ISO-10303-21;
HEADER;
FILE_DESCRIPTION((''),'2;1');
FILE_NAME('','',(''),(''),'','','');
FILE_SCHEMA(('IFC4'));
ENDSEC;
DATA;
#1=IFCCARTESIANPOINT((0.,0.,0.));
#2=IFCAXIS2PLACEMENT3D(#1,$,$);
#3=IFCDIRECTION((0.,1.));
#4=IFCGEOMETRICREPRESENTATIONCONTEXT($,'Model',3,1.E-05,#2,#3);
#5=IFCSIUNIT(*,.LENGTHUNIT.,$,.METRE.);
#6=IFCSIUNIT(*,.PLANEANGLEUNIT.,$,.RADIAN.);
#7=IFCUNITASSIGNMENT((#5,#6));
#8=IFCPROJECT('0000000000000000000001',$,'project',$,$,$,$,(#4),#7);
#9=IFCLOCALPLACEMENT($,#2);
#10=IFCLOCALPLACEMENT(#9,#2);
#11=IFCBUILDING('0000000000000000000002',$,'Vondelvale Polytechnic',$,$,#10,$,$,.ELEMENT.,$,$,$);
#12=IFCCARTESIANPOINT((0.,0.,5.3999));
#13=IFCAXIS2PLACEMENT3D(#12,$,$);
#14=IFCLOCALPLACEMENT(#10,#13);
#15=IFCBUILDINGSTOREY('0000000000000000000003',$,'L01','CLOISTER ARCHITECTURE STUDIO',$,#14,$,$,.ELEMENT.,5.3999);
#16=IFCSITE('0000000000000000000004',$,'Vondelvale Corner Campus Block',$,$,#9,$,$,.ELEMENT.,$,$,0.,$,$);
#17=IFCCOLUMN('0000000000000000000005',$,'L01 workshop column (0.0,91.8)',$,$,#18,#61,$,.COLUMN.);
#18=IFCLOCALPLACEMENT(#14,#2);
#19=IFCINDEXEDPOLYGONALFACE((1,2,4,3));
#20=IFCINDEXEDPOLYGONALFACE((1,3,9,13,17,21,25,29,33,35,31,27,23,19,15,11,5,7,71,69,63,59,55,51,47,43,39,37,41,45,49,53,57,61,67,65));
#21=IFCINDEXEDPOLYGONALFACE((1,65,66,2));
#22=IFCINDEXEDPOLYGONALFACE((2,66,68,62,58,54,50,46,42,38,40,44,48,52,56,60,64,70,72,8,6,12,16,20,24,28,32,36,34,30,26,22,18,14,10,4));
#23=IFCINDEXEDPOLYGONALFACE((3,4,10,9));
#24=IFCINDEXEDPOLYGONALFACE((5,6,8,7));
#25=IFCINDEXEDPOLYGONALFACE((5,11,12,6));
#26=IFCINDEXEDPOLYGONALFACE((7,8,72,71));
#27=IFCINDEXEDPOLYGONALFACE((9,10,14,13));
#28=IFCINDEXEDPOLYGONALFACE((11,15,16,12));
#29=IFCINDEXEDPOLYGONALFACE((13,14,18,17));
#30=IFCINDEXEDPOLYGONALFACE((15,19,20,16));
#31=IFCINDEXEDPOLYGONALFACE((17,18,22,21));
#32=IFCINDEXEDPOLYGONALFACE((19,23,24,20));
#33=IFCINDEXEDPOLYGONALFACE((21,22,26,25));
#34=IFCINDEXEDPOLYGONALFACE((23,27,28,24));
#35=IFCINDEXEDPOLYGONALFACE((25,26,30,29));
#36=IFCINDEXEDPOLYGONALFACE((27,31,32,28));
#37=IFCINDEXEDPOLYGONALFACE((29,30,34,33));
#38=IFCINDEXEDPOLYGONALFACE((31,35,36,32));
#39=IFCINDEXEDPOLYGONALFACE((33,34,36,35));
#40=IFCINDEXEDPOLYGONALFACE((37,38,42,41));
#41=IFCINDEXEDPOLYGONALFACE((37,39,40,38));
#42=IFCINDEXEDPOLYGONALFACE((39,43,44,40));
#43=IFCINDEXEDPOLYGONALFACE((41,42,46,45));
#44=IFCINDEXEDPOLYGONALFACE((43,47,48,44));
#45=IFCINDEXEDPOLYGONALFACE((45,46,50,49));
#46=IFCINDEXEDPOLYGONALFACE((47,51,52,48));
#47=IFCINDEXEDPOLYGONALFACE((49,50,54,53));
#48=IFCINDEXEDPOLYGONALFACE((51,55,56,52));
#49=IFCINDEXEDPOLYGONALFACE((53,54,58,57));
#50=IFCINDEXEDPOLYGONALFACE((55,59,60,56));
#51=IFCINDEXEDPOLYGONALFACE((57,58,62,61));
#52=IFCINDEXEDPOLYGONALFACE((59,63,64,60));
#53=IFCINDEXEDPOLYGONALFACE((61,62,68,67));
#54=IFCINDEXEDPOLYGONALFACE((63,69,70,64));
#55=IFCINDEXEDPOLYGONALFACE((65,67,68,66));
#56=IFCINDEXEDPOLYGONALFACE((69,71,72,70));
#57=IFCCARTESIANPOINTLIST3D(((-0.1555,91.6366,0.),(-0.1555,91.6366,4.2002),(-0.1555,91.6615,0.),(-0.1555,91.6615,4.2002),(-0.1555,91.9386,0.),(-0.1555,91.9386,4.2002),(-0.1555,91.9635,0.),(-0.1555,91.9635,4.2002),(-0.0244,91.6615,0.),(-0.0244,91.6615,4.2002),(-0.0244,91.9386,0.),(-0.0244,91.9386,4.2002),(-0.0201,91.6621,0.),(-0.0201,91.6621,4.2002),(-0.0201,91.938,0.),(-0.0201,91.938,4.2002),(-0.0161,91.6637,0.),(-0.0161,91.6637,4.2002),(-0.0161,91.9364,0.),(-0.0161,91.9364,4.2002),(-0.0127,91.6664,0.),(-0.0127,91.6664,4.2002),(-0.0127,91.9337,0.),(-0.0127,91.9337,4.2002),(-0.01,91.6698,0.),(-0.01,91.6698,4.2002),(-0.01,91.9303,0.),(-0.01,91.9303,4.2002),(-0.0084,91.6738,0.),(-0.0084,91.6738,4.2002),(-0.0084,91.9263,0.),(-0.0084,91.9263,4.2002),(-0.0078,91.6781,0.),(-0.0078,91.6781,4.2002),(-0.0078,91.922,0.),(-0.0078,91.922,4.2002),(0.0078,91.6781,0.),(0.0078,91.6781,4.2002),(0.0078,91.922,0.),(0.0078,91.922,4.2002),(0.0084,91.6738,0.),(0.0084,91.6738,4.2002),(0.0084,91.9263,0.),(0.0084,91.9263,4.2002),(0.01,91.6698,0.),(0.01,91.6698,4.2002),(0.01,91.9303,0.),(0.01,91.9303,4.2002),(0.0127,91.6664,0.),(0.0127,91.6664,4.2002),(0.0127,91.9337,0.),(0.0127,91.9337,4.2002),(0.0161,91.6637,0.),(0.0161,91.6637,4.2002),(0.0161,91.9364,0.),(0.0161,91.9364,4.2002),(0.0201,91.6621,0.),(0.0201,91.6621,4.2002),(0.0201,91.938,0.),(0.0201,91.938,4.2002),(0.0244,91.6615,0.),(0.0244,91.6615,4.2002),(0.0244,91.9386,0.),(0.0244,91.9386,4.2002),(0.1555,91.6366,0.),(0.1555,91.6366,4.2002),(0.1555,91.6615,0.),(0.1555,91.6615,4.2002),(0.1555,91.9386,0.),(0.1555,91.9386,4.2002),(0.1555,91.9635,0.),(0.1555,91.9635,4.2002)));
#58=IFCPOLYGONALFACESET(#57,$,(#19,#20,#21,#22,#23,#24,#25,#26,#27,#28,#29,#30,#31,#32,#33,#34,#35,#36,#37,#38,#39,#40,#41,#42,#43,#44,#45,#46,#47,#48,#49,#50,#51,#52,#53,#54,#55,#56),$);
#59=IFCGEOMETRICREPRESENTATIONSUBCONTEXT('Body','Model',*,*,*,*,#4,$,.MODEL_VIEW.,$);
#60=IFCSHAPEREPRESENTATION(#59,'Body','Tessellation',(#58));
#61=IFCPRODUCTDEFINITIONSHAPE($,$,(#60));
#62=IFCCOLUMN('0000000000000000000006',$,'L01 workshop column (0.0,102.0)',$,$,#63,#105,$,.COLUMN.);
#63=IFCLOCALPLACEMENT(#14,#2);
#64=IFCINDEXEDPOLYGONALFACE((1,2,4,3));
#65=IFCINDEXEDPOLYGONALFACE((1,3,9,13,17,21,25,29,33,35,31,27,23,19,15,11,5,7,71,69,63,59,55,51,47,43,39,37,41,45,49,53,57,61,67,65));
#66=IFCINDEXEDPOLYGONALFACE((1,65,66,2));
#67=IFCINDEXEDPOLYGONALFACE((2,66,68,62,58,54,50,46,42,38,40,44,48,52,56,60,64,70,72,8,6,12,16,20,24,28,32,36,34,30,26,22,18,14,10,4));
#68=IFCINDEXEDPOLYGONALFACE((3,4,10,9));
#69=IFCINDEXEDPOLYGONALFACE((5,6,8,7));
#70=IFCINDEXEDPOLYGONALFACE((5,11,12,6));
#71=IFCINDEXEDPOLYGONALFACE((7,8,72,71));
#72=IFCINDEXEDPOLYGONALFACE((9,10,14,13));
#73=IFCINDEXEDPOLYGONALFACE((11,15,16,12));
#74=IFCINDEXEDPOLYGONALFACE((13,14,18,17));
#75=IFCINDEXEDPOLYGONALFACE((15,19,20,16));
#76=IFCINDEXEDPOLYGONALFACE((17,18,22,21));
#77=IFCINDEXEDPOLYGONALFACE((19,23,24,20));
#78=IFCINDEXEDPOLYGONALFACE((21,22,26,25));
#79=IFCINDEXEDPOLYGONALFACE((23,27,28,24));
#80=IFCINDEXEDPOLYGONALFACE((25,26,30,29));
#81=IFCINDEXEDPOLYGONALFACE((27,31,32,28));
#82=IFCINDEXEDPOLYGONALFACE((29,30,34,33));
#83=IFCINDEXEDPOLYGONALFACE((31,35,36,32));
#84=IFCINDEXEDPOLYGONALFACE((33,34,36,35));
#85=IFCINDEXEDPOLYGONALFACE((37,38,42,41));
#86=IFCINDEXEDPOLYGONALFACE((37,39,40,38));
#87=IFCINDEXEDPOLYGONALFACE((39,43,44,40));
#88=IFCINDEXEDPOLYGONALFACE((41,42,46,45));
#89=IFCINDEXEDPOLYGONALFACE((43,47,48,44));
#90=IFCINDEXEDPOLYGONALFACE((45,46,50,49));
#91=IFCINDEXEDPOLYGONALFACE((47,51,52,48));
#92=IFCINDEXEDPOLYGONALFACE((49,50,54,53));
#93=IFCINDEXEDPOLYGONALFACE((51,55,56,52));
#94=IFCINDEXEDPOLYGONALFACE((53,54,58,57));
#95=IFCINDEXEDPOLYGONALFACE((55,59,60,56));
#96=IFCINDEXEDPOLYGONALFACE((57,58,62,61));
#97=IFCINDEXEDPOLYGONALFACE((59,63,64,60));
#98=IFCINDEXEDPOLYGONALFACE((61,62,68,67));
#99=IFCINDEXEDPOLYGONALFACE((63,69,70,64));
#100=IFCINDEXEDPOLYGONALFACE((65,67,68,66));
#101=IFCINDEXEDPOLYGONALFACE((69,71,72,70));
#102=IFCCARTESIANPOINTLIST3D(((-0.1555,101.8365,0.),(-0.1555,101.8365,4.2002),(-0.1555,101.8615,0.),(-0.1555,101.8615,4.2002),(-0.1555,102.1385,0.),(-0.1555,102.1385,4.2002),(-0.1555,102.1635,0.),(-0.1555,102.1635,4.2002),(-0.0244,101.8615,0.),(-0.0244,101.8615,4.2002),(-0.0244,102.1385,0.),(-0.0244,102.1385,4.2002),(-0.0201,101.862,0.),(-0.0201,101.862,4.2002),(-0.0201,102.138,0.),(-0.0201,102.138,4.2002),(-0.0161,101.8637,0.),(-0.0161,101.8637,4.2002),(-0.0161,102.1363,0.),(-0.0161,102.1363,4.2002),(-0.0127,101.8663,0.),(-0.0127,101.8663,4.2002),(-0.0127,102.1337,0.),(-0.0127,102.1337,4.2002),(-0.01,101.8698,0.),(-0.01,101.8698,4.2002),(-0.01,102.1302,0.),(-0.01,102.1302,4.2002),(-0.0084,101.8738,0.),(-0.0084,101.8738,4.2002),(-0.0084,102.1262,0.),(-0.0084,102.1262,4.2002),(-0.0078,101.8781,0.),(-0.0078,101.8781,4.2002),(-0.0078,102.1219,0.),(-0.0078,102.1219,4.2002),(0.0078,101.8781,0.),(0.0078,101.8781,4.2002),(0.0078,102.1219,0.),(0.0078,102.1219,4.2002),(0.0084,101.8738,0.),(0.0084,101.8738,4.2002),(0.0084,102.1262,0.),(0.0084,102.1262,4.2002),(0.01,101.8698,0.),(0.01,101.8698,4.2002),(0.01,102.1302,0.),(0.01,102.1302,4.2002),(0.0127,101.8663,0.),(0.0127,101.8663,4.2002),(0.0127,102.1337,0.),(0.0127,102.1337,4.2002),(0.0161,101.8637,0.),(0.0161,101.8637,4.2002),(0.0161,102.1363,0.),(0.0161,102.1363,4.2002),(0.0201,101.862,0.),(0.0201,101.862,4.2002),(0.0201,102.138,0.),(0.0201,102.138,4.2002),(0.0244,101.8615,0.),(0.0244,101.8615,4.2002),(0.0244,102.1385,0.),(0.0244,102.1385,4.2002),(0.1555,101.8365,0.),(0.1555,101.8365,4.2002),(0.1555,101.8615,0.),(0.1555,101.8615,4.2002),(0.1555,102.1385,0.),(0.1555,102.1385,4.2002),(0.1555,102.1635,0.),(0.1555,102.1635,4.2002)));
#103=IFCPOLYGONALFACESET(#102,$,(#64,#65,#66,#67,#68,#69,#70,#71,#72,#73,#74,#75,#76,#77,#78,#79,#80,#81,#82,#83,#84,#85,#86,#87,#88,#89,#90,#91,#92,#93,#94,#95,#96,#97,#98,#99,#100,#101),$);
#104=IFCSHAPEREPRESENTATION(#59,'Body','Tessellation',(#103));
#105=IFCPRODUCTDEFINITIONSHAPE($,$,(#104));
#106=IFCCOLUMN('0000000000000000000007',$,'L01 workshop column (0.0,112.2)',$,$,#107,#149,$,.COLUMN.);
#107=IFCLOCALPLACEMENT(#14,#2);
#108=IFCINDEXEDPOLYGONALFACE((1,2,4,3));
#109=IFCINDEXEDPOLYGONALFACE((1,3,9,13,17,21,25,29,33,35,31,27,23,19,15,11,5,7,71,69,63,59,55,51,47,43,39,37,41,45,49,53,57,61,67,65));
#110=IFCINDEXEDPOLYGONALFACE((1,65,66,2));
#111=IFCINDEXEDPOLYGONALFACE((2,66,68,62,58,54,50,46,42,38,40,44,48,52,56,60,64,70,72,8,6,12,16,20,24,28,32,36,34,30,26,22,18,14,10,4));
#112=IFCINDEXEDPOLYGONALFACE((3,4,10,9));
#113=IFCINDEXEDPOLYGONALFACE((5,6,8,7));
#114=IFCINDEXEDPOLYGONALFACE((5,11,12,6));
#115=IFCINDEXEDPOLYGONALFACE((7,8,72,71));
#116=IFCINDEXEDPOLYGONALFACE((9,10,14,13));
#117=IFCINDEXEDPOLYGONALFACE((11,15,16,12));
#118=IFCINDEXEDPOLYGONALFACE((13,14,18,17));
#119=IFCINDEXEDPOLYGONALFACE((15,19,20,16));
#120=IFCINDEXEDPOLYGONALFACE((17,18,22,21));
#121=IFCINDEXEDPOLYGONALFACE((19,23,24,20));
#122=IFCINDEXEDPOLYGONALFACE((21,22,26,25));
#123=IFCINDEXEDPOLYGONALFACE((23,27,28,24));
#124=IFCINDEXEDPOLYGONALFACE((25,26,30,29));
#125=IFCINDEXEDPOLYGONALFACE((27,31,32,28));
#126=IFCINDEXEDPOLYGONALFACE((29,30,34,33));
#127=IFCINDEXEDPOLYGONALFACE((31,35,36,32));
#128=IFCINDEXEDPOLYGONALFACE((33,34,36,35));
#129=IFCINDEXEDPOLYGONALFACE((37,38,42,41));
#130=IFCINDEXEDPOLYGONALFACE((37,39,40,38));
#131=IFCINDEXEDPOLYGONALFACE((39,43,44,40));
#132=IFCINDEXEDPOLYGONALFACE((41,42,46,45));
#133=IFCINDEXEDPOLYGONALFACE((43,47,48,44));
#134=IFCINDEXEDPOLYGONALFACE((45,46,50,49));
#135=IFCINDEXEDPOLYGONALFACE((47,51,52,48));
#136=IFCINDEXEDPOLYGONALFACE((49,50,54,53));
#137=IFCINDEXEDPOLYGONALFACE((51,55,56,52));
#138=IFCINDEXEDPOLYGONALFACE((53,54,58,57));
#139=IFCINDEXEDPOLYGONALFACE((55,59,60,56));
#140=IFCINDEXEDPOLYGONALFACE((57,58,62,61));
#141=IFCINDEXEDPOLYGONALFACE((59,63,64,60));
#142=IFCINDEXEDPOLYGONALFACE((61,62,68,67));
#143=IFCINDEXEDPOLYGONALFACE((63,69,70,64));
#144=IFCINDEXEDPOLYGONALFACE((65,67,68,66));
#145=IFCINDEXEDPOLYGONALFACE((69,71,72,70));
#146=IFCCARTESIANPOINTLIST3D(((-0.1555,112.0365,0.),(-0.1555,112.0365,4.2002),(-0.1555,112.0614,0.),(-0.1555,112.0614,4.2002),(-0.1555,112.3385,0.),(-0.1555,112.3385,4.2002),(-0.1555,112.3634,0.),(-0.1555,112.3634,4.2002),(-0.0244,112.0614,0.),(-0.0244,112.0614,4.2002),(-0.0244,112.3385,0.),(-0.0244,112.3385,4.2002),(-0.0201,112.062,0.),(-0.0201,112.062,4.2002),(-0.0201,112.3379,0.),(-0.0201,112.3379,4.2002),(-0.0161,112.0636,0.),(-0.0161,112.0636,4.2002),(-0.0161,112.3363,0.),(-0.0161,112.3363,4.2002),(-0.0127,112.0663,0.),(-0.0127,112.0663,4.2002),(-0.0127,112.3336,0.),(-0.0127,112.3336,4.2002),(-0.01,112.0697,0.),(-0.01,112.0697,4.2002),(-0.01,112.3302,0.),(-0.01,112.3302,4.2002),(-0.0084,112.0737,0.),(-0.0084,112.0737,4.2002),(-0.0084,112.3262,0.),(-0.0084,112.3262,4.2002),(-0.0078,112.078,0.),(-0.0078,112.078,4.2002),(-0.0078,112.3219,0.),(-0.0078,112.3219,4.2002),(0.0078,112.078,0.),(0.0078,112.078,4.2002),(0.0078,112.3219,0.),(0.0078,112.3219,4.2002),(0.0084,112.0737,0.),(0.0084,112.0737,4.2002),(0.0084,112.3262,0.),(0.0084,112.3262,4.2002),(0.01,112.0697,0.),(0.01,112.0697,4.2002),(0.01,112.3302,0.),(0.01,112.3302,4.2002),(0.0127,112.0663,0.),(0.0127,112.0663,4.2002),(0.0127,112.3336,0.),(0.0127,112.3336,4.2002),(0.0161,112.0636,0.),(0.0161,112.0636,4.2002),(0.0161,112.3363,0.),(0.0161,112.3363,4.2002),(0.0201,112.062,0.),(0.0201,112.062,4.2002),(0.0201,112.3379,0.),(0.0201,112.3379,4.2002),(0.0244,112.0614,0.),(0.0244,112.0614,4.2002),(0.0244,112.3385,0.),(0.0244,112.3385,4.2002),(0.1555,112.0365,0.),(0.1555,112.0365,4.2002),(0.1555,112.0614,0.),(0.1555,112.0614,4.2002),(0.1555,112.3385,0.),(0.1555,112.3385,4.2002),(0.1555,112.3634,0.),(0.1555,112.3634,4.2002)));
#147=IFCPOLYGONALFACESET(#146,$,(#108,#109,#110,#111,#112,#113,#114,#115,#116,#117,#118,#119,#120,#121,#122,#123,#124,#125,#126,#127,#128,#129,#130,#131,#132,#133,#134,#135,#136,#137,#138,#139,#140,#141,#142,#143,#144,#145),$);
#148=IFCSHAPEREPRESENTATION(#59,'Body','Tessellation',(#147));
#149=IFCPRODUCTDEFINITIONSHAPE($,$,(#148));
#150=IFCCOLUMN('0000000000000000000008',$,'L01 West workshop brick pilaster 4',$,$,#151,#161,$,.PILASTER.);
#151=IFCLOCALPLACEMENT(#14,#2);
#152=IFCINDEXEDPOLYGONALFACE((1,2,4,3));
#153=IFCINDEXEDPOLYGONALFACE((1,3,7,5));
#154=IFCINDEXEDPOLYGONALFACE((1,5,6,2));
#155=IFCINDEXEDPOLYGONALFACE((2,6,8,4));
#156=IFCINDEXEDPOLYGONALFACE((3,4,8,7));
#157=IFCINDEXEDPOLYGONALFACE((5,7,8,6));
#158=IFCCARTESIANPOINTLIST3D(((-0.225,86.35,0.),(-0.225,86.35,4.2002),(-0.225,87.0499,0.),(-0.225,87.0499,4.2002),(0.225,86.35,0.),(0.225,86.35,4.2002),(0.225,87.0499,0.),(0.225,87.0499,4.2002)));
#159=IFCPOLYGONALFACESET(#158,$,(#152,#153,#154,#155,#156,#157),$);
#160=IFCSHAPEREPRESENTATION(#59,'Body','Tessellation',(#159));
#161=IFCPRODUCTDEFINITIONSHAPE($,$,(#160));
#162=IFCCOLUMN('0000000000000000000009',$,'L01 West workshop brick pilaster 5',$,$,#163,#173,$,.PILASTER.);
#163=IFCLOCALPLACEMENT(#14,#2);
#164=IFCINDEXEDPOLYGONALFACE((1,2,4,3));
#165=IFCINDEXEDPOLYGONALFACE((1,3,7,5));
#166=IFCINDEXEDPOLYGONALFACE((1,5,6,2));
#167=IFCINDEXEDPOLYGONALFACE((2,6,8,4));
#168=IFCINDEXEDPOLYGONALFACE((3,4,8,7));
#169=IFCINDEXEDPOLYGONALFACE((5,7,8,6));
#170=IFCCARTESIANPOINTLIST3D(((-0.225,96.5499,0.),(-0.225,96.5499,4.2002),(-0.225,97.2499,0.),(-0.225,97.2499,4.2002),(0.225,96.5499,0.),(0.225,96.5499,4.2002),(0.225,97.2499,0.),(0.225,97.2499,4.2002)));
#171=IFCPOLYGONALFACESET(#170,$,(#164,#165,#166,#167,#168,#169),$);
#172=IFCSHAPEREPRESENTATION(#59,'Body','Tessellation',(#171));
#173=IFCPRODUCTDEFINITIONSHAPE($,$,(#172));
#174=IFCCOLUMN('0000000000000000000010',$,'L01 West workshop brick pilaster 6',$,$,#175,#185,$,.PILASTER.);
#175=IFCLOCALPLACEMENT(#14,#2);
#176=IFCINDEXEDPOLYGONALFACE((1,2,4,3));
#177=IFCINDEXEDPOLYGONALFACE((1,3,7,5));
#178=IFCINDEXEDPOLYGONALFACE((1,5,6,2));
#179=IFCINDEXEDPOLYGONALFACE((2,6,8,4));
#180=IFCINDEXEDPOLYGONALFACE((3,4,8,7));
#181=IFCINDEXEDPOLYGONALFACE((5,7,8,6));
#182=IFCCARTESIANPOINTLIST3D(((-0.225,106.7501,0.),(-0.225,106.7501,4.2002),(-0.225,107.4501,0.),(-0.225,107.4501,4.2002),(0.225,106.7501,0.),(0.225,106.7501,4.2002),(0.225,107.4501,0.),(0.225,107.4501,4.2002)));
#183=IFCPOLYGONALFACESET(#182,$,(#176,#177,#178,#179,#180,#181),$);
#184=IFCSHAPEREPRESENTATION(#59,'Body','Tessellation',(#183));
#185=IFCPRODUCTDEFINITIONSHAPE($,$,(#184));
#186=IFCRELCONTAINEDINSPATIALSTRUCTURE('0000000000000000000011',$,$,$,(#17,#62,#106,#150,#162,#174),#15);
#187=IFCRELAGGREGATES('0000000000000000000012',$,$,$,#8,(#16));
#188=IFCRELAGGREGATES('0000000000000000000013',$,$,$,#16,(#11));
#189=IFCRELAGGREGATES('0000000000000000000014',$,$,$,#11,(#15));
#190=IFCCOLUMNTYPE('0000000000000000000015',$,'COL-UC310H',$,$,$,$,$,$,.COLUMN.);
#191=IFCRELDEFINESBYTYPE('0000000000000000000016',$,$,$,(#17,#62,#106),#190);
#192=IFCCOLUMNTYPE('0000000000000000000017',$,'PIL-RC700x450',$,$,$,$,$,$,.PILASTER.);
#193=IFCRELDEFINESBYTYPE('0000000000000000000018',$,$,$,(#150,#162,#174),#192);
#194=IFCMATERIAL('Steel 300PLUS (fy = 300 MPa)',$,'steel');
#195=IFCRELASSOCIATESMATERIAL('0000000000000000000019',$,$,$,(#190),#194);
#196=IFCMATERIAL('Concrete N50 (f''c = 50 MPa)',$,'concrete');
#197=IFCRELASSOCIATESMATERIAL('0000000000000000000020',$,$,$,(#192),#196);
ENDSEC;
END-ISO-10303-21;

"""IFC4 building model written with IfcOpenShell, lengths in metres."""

from ifc_helpers import new_model, si_unit, direction, frame, origin, origin_2d, place, context, subcontext, project, spatial, rectangle, i_section, extrude, material, material_profile, profile_set, type_object, element, save


model = new_model("IFC4")

# Units and contexts
model_context = context("Model", 3, precision=1e-05, world=origin(), true_north=direction((0.0, 1.0)))
body_context = subcontext(model_context, "Body", "Model", "MODEL_VIEW")
ifc_project = project(units=[si_unit("LENGTHUNIT", "METRE"), si_unit("PLANEANGLEUNIT", "RADIAN")], contexts=[model_context])

# Site, building, storey
site_placement = place(None, origin())
site = spatial("IfcSite", under=ifc_project, at=site_placement, Name="Vondelvale Corner Campus Block", CompositionType="ELEMENT", RefElevation=0.0)
building_placement = place(site_placement, origin())
building = spatial("IfcBuilding", under=site, at=building_placement, Name="Vondelvale Polytechnic", CompositionType="ELEMENT")
storey_placement = place(building_placement, frame((0.0, 0.0, 5.3999)))
storey = spatial("IfcBuildingStorey", under=building, at=storey_placement, Name="L01", Description="CLOISTER ARCHITECTURE STUDIO", CompositionType="ELEMENT", Elevation=5.3999)

# Columns
ifc_material_1 = material(Name="Steel 300PLUS (fy = 300 MPa)", Category="steel")
ifc_material_profile_1 = material_profile(ifc_material_1, i_section(OverallWidth=0.311, OverallDepth=0.3269, WebThickness=0.0156, FlangeThickness=0.0249, FilletRadius=0.0166, at=origin_2d()), Name="310UC158")
ifc_profile_set_1 = profile_set([ifc_material_profile_1], Name="Steel 300PLUS (fy = 300 MPa)")
column_type_1 = type_object("IfcColumnType", Name="COL-UC310H", PredefinedType="COLUMN", material=ifc_profile_set_1)
for number, where, z_axis, x_axis, name in (
    (1, (0.0, 91.8, 0.0), (0.0, 0.0, 1.0), (1.0, 0.0, 0.0), "L01 workshop column (0.0,91.8)"),
    (2, (0.0, 102.0, 0.0), (0.0, 0.0, 1.0), (1.0, 0.0, 0.0), "L01 workshop column (0.0,102.0)"),
    (3, (0.0, 112.2, 0.0), (0.0, 0.0, 1.0), (1.0, 0.0, 0.0), "L01 workshop column (0.0,112.2)"),
):
    element("IfcColumn", number, at=place(storey_placement, frame(where, z_axis=z_axis, x_axis=x_axis)), inside=storey, type_object=column_type_1, Name=name, PredefinedType="COLUMN", context=body_context, shape_type="SweptSolid", body=[
        extrude(i_section(OverallWidth=0.311, OverallDepth=0.3269, WebThickness=0.0156, FlangeThickness=0.0249, FilletRadius=0.0166, at=origin_2d()), origin(), (0.0, 0.0, 1.0), 4.2002),
    ])
ifc_material_2 = material(Name="Concrete N50 (f'c = 50 MPa)", Category="concrete")
ifc_material_profile_2 = material_profile(ifc_material_2, rectangle(XDim=0.45, YDim=0.7, at=origin_2d()), Name="RC-PIL-700x450")
ifc_profile_set_2 = profile_set([ifc_material_profile_2], Name="Concrete N50 (f'c = 50 MPa)")
column_type_2 = type_object("IfcColumnType", Name="PIL-RC700x450", PredefinedType="PILASTER", material=ifc_profile_set_2)
for number, where, z_axis, x_axis, name in (
    (4, (0.0, 86.7, 0.0), (0.0, 0.0, 1.0), (1.0, 0.0, 0.0), "L01 West workshop brick pilaster 4"),
    (5, (0.0, 96.8999, 0.0), (0.0, 0.0, 1.0), (1.0, 0.0, 0.0), "L01 West workshop brick pilaster 5"),
    (6, (0.0, 107.1001, 0.0), (0.0, 0.0, 1.0), (1.0, 0.0, 0.0), "L01 West workshop brick pilaster 6"),
):
    element("IfcColumn", number, at=place(storey_placement, frame(where, z_axis=z_axis, x_axis=x_axis)), inside=storey, type_object=column_type_2, Name=name, PredefinedType="PILASTER", context=body_context, shape_type="SweptSolid", body=[
        extrude(rectangle(XDim=0.45, YDim=0.7, at=origin_2d()), origin(), (0.0, 0.0, 1.0), 4.2002),
    ])

save(model, "model.ifc")
